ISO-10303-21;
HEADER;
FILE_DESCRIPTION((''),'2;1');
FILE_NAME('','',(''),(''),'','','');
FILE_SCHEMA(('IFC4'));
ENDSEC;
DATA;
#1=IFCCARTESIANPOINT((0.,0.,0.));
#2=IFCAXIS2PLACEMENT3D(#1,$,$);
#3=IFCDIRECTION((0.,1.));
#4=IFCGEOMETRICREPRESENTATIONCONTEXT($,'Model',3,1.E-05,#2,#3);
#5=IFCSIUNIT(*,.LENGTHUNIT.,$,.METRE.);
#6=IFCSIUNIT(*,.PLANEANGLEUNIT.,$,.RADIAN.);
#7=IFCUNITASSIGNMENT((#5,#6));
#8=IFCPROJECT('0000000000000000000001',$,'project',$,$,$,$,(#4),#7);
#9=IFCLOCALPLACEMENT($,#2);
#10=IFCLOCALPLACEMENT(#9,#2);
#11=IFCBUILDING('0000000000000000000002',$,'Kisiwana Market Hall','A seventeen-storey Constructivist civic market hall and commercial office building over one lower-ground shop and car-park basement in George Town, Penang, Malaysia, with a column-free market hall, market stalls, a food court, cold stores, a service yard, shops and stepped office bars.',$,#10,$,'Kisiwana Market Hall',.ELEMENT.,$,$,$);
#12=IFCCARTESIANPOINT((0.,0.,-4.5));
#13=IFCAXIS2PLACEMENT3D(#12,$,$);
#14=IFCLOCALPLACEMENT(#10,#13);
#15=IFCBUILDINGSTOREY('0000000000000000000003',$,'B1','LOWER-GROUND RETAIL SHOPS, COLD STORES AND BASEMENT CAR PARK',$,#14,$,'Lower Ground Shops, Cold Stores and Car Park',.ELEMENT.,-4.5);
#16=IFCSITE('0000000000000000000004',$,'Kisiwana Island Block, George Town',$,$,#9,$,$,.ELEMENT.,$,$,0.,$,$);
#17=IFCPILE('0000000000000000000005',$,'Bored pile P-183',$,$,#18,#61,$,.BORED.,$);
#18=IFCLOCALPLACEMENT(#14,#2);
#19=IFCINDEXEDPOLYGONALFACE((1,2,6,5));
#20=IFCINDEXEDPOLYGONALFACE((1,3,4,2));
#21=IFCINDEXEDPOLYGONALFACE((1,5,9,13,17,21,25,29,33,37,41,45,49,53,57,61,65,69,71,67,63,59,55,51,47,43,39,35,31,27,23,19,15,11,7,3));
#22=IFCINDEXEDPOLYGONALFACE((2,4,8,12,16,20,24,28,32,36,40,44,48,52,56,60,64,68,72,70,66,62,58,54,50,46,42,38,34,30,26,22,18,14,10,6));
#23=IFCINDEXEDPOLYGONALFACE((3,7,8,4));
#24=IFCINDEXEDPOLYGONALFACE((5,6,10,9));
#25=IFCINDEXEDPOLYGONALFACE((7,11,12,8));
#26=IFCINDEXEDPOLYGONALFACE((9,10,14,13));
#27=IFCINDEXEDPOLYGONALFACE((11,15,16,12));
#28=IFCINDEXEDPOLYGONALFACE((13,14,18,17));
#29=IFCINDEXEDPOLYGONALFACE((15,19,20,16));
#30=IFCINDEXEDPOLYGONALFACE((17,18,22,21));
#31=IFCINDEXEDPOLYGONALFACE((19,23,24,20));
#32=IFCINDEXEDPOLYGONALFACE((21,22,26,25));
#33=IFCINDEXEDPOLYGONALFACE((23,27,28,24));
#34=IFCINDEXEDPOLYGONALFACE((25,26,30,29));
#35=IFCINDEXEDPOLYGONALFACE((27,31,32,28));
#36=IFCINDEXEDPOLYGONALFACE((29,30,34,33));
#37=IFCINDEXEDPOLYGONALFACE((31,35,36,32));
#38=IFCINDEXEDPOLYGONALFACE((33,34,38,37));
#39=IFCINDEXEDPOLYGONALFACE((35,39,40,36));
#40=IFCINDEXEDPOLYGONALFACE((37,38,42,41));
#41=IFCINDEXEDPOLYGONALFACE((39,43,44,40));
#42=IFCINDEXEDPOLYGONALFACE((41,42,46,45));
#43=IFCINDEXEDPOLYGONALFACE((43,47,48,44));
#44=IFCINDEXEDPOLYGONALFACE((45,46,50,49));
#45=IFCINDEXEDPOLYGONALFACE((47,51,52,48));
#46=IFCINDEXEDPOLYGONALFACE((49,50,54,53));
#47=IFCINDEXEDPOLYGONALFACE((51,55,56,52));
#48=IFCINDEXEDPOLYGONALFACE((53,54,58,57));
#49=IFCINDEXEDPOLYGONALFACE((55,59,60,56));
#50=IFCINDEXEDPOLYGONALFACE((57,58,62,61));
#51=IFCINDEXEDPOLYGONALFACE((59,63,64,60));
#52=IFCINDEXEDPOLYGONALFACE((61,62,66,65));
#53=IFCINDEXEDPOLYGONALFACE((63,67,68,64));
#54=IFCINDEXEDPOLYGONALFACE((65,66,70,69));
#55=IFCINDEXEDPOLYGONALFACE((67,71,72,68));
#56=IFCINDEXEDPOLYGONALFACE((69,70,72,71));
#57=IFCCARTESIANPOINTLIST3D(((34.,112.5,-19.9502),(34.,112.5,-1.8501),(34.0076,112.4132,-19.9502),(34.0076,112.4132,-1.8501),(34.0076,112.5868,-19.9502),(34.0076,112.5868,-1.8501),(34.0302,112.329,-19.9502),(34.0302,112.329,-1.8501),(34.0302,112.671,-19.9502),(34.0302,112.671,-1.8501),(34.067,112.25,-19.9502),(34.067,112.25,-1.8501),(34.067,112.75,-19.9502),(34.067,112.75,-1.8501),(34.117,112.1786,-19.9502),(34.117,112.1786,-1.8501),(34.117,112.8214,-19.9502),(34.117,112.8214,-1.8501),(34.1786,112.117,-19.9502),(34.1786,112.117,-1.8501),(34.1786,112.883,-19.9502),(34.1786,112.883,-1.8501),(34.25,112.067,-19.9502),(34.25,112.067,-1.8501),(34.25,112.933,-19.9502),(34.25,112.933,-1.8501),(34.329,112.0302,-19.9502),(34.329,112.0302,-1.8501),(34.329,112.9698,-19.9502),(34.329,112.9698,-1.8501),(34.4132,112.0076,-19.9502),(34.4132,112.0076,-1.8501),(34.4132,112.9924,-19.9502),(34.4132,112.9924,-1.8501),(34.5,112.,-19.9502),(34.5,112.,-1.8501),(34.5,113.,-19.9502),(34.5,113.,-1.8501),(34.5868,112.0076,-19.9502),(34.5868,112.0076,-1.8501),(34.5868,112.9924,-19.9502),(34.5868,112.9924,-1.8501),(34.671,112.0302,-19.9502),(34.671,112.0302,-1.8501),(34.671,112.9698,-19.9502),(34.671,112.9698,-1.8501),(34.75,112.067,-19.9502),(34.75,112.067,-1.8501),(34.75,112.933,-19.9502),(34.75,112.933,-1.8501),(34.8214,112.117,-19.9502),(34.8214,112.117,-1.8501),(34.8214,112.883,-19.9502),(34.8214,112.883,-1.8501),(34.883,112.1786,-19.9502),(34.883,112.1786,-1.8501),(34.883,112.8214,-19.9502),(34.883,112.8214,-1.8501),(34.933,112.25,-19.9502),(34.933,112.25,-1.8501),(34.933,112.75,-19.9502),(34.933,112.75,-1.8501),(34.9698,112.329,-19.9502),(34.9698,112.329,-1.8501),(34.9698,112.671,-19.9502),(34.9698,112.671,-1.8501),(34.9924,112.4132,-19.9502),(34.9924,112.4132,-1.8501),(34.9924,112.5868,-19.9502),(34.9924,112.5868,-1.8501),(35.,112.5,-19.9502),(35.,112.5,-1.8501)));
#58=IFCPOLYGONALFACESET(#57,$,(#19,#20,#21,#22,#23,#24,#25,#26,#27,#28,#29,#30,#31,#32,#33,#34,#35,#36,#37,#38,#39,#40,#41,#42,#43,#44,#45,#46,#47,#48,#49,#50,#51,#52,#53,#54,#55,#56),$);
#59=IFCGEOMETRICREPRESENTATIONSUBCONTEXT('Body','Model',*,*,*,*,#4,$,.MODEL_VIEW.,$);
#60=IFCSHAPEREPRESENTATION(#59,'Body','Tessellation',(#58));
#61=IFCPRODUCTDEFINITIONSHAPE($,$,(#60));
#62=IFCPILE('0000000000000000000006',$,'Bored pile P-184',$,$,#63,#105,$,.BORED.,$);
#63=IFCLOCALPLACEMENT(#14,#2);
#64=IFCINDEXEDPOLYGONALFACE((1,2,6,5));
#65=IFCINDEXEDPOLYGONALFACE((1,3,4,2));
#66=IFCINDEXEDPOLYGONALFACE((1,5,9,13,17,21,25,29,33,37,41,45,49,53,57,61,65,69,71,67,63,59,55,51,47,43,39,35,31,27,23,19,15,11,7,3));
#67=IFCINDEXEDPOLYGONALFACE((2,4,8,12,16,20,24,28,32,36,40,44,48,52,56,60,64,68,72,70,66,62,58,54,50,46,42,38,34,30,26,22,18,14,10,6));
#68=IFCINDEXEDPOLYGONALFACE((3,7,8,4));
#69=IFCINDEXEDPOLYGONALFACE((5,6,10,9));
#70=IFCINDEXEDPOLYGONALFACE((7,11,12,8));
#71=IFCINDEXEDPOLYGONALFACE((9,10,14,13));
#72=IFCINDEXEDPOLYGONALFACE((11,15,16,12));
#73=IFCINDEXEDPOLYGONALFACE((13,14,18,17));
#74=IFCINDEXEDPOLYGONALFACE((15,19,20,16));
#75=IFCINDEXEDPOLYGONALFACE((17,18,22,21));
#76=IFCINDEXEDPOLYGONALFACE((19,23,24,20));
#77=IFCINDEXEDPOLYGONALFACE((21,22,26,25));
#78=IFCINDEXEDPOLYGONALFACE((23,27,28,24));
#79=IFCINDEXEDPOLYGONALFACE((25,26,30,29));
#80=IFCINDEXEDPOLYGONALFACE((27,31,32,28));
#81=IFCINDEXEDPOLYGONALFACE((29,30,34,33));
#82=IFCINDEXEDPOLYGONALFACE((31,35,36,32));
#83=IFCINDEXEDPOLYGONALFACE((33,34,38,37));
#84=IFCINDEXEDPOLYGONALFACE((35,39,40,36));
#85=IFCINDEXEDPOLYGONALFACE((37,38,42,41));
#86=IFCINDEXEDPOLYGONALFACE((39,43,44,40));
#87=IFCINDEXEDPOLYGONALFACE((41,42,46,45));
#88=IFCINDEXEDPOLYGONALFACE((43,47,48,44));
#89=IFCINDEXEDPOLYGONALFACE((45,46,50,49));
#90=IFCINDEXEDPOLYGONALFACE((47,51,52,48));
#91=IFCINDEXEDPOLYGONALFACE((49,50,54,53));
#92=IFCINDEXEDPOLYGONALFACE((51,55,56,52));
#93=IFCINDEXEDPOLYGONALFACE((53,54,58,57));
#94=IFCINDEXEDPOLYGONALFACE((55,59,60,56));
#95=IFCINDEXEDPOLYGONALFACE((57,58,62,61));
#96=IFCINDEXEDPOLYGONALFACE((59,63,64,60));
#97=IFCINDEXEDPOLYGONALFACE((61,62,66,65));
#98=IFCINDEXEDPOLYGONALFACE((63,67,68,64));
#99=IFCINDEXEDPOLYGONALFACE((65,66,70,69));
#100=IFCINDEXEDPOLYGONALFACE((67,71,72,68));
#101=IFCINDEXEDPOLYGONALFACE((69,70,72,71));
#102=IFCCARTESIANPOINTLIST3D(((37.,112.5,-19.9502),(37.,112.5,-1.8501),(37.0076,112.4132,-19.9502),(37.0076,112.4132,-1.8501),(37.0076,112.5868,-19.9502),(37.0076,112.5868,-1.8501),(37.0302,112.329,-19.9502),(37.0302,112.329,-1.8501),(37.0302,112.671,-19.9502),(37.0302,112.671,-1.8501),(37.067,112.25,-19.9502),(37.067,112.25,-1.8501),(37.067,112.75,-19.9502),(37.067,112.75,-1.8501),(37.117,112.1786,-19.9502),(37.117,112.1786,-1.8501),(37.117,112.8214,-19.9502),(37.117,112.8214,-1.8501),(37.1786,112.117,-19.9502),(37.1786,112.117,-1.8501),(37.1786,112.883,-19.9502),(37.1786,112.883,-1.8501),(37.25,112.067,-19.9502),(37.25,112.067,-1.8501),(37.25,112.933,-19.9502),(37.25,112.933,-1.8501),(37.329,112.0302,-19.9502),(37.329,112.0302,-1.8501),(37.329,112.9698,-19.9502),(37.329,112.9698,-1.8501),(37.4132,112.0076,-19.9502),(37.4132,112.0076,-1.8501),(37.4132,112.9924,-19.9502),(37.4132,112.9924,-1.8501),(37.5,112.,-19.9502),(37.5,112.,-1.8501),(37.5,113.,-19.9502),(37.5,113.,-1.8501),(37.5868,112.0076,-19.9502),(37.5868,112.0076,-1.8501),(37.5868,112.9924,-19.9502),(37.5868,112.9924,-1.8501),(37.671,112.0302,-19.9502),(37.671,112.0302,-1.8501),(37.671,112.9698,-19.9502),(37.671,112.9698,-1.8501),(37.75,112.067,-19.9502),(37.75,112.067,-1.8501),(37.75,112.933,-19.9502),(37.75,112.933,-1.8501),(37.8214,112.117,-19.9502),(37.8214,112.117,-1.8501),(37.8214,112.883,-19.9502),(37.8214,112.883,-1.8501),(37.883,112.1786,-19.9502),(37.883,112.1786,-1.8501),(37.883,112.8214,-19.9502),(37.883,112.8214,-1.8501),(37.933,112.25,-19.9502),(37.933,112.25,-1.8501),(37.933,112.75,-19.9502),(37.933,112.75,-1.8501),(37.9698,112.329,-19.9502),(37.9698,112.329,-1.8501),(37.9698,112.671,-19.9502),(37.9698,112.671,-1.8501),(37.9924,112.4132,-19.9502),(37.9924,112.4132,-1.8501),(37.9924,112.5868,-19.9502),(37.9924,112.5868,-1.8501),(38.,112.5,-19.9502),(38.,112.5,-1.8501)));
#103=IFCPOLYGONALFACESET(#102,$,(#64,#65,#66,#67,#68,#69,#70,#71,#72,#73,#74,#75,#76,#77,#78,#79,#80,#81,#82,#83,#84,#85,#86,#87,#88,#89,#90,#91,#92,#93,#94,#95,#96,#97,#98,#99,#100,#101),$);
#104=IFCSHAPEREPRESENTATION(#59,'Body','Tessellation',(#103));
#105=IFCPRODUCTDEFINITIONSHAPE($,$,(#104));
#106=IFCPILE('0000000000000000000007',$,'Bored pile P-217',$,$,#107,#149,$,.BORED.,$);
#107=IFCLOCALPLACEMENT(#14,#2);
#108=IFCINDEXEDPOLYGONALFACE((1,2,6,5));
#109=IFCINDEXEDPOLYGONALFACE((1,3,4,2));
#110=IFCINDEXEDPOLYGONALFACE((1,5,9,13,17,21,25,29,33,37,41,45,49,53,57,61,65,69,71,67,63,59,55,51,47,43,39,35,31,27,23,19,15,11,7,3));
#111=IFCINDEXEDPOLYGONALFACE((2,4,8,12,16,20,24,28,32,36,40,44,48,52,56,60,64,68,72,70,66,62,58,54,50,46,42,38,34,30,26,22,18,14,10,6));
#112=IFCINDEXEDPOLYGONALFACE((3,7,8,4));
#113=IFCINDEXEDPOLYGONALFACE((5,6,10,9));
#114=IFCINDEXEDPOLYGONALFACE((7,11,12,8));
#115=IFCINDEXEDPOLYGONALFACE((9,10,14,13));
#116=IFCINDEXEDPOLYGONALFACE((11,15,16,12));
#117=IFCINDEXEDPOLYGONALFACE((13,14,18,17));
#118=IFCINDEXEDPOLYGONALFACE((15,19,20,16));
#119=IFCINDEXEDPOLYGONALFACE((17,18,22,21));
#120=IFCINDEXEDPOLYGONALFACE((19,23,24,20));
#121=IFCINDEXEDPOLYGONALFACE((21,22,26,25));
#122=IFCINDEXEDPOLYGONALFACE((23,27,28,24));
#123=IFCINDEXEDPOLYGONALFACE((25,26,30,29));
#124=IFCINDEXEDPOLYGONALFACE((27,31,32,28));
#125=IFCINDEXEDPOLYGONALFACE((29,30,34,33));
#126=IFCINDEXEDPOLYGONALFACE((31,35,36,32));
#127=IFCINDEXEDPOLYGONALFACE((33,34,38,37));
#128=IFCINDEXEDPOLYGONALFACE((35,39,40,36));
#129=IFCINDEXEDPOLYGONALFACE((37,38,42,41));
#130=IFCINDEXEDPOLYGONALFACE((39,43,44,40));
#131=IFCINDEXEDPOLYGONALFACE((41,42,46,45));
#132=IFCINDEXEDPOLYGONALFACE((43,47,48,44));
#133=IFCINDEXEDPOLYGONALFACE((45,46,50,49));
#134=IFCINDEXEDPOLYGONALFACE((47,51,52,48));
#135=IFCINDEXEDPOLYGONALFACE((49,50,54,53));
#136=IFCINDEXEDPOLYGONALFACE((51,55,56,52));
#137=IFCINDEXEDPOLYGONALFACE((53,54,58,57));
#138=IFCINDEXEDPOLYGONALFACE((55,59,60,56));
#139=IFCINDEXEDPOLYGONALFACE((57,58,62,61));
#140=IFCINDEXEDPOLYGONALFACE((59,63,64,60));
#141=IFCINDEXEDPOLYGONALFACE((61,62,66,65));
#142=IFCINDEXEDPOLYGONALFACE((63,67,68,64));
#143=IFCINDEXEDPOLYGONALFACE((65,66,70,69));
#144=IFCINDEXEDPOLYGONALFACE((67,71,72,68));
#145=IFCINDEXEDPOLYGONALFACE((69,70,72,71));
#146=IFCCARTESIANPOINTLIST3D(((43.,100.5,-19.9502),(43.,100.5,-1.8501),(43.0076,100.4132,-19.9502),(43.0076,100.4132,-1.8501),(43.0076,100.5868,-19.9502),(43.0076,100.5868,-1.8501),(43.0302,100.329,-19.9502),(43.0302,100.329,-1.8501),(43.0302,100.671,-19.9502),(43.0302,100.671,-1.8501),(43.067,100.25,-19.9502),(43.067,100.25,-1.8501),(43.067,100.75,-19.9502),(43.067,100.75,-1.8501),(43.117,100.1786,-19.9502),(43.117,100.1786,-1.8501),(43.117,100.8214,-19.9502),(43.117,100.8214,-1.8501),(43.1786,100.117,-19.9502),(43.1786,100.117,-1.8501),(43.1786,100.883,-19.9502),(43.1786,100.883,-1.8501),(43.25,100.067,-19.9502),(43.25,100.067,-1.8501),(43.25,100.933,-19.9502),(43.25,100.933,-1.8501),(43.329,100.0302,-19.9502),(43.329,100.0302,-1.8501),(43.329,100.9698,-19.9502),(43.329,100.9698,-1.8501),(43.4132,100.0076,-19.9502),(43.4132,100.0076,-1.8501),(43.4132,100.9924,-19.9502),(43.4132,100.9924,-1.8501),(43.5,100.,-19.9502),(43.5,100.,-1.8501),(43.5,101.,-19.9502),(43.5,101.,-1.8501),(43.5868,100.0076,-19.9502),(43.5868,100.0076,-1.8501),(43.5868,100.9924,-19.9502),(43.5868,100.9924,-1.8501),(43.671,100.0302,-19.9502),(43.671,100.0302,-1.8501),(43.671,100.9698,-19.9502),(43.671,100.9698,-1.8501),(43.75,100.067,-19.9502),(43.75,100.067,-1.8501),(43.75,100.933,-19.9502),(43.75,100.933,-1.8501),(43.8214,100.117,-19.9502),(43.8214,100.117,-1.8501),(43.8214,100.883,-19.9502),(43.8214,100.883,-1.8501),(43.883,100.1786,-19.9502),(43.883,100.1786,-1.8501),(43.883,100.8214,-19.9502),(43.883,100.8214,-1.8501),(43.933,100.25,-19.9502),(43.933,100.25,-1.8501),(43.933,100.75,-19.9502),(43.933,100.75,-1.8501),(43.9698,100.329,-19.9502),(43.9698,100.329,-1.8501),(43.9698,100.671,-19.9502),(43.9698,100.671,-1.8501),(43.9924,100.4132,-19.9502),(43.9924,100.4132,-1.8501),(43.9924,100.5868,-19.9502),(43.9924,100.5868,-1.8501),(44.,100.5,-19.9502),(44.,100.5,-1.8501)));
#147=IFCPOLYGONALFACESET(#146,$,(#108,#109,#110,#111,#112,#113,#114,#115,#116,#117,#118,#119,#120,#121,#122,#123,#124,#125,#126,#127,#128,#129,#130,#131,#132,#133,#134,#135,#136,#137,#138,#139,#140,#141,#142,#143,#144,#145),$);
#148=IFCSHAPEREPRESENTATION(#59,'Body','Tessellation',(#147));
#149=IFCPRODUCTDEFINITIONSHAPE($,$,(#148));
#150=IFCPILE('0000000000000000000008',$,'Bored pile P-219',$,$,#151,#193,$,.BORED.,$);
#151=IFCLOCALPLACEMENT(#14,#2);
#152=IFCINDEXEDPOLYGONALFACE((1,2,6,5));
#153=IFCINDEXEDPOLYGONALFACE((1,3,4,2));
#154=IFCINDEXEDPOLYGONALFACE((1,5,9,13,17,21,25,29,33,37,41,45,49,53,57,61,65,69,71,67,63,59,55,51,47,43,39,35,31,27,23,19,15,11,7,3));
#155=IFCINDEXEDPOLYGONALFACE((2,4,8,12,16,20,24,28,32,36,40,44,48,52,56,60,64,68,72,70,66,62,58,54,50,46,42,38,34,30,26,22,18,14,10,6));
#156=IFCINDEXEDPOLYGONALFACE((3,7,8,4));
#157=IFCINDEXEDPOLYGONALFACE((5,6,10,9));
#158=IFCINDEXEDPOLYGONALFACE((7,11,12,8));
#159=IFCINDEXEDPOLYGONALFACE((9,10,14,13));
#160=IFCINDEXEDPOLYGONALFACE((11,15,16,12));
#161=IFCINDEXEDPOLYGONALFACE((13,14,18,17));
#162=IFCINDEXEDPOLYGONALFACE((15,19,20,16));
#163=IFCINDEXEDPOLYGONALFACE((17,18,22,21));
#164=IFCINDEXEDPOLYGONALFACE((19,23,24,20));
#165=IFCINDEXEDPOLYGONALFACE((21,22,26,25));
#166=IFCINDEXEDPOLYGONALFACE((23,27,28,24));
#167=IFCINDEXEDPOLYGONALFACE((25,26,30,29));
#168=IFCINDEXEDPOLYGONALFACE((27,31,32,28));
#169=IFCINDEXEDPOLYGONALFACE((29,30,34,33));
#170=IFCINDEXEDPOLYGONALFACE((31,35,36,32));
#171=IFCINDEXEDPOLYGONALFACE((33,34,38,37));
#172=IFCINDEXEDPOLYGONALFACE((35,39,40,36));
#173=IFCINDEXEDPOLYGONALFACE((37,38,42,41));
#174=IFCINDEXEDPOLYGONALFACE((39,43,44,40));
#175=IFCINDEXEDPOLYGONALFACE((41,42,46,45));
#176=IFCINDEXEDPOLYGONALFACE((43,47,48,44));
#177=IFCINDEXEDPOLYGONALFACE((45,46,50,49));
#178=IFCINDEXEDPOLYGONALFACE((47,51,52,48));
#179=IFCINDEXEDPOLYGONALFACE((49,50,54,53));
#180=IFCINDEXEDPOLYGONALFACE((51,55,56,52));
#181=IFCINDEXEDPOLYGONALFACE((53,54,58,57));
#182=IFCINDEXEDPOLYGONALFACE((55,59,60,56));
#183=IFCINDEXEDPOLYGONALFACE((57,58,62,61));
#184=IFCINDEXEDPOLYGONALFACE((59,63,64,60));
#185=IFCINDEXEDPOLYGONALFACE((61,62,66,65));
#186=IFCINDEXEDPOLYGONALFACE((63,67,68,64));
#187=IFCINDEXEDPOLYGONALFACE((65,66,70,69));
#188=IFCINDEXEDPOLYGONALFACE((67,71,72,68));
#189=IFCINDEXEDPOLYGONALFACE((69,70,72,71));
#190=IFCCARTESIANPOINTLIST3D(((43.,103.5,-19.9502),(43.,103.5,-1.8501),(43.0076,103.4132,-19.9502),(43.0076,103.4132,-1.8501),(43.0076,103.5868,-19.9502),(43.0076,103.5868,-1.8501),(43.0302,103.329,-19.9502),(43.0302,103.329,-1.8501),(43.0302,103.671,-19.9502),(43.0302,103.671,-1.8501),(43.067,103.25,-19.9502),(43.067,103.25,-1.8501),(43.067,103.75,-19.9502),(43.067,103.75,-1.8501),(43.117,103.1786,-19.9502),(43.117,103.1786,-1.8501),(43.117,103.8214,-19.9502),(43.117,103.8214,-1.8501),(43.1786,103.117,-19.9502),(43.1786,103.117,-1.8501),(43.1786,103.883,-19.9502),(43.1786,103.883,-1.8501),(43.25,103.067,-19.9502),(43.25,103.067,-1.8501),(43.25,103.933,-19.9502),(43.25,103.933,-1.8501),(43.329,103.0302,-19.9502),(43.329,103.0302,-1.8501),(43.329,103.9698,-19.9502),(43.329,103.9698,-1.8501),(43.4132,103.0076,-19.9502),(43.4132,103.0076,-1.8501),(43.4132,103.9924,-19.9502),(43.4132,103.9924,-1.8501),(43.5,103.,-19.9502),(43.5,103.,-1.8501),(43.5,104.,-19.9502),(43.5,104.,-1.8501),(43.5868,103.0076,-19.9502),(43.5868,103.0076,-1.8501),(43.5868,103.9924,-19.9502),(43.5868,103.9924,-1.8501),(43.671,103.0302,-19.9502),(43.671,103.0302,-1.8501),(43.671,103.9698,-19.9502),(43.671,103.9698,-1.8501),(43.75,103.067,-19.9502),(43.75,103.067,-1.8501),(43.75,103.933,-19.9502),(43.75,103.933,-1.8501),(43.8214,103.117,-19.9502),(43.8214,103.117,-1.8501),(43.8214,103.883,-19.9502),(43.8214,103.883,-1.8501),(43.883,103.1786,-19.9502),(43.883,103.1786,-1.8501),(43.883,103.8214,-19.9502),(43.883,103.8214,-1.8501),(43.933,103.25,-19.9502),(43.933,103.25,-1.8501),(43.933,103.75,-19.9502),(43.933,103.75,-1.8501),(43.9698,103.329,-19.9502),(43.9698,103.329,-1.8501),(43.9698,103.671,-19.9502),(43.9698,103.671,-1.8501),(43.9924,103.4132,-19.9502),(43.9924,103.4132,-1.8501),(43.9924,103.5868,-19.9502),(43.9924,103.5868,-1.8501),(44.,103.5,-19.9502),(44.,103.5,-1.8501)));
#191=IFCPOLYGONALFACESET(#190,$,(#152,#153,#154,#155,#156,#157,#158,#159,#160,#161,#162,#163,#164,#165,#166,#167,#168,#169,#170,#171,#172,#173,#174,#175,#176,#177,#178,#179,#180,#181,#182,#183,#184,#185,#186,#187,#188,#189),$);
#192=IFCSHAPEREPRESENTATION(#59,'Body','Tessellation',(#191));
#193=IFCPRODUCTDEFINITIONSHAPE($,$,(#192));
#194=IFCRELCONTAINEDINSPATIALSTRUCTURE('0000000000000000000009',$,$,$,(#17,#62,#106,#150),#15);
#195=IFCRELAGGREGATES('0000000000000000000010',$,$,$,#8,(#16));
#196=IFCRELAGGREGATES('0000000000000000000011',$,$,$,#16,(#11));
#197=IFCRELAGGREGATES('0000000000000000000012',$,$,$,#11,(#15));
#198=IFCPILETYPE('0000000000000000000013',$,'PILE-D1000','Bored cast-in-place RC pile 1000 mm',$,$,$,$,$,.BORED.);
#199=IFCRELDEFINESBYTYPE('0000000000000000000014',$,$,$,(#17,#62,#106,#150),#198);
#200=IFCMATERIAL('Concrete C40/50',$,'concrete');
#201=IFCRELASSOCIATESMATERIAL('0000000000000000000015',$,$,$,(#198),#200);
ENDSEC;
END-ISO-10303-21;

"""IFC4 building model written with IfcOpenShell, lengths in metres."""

from ifc_helpers import new_model, si_unit, direction, frame, origin, origin_2d, place, context, subcontext, project, spatial, circle, extrude, material, material_profile, profile_set, type_object, element, save


model = new_model("IFC4")

# Units and contexts
model_context = context("Model", 3, precision=1e-05, world=origin(), true_north=direction((0.0, 1.0)))
body_context = subcontext(model_context, "Body", "Model", "MODEL_VIEW")
ifc_project = project(units=[si_unit("LENGTHUNIT", "METRE"), si_unit("PLANEANGLEUNIT", "RADIAN")], contexts=[model_context])

# Site, building, storey
site_placement = place(None, origin())
site = spatial("IfcSite", under=ifc_project, at=site_placement, Name="Kisiwana Island Block, George Town", CompositionType="ELEMENT", RefElevation=0.0)
building_placement = place(site_placement, origin())
building = spatial("IfcBuilding", under=site, at=building_placement, Name="Kisiwana Market Hall", Description="A seventeen-storey Constructivist civic market hall and commercial office building over one lower-ground shop and car-park basement in George Town, Penang, Malaysia, with a column-free market hall, market stalls, a food court, cold stores, a service yard, shops and stepped office bars.", LongName="Kisiwana Market Hall", CompositionType="ELEMENT")
storey_placement = place(building_placement, frame((0.0, 0.0, -4.5)))
storey = spatial("IfcBuildingStorey", under=building, at=storey_placement, Name="B1", Description="LOWER-GROUND RETAIL SHOPS, COLD STORES AND BASEMENT CAR PARK", LongName="Lower Ground Shops, Cold Stores and Car Park", CompositionType="ELEMENT", Elevation=-4.5)

# Piles
ifc_material_1 = material(Name="Concrete C40/50", Category="concrete")
ifc_material_profile_1 = material_profile(ifc_material_1, circle(Radius=0.5, at=origin_2d()), Name="BP D1000")
ifc_profile_set_1 = profile_set([ifc_material_profile_1], Name="Concrete C40/50")
pile_type_1 = type_object("IfcPileType", Name="PILE-D1000", Description="Bored cast-in-place RC pile 1000 mm", PredefinedType="BORED", material=ifc_profile_set_1)
for number, where, z_axis, x_axis, name in (
    (1, (34.5, 112.5, -1.8501), (0.0, 0.0, -1.0), (1.0, 0.0, 0.0), "Bored pile P-183"),
    (2, (37.5, 112.5, -1.8501), (0.0, 0.0, -1.0), (1.0, 0.0, 0.0), "Bored pile P-184"),
    (3, (43.5, 100.5, -1.8501), (0.0, 0.0, -1.0), (1.0, 0.0, 0.0), "Bored pile P-217"),
    (4, (43.5, 103.5, -1.8501), (0.0, 0.0, -1.0), (1.0, 0.0, 0.0), "Bored pile P-219"),
):
    element("IfcPile", number, at=place(storey_placement, frame(where, z_axis=z_axis, x_axis=x_axis)), inside=storey, type_object=pile_type_1, Name=name, PredefinedType="BORED", context=body_context, shape_type="SweptSolid", body=[
        extrude(circle(Radius=0.5, at=origin_2d()), origin(), (0.0, 0.0, 1.0), 18.1001),
    ])

save(model, "model.ifc")
